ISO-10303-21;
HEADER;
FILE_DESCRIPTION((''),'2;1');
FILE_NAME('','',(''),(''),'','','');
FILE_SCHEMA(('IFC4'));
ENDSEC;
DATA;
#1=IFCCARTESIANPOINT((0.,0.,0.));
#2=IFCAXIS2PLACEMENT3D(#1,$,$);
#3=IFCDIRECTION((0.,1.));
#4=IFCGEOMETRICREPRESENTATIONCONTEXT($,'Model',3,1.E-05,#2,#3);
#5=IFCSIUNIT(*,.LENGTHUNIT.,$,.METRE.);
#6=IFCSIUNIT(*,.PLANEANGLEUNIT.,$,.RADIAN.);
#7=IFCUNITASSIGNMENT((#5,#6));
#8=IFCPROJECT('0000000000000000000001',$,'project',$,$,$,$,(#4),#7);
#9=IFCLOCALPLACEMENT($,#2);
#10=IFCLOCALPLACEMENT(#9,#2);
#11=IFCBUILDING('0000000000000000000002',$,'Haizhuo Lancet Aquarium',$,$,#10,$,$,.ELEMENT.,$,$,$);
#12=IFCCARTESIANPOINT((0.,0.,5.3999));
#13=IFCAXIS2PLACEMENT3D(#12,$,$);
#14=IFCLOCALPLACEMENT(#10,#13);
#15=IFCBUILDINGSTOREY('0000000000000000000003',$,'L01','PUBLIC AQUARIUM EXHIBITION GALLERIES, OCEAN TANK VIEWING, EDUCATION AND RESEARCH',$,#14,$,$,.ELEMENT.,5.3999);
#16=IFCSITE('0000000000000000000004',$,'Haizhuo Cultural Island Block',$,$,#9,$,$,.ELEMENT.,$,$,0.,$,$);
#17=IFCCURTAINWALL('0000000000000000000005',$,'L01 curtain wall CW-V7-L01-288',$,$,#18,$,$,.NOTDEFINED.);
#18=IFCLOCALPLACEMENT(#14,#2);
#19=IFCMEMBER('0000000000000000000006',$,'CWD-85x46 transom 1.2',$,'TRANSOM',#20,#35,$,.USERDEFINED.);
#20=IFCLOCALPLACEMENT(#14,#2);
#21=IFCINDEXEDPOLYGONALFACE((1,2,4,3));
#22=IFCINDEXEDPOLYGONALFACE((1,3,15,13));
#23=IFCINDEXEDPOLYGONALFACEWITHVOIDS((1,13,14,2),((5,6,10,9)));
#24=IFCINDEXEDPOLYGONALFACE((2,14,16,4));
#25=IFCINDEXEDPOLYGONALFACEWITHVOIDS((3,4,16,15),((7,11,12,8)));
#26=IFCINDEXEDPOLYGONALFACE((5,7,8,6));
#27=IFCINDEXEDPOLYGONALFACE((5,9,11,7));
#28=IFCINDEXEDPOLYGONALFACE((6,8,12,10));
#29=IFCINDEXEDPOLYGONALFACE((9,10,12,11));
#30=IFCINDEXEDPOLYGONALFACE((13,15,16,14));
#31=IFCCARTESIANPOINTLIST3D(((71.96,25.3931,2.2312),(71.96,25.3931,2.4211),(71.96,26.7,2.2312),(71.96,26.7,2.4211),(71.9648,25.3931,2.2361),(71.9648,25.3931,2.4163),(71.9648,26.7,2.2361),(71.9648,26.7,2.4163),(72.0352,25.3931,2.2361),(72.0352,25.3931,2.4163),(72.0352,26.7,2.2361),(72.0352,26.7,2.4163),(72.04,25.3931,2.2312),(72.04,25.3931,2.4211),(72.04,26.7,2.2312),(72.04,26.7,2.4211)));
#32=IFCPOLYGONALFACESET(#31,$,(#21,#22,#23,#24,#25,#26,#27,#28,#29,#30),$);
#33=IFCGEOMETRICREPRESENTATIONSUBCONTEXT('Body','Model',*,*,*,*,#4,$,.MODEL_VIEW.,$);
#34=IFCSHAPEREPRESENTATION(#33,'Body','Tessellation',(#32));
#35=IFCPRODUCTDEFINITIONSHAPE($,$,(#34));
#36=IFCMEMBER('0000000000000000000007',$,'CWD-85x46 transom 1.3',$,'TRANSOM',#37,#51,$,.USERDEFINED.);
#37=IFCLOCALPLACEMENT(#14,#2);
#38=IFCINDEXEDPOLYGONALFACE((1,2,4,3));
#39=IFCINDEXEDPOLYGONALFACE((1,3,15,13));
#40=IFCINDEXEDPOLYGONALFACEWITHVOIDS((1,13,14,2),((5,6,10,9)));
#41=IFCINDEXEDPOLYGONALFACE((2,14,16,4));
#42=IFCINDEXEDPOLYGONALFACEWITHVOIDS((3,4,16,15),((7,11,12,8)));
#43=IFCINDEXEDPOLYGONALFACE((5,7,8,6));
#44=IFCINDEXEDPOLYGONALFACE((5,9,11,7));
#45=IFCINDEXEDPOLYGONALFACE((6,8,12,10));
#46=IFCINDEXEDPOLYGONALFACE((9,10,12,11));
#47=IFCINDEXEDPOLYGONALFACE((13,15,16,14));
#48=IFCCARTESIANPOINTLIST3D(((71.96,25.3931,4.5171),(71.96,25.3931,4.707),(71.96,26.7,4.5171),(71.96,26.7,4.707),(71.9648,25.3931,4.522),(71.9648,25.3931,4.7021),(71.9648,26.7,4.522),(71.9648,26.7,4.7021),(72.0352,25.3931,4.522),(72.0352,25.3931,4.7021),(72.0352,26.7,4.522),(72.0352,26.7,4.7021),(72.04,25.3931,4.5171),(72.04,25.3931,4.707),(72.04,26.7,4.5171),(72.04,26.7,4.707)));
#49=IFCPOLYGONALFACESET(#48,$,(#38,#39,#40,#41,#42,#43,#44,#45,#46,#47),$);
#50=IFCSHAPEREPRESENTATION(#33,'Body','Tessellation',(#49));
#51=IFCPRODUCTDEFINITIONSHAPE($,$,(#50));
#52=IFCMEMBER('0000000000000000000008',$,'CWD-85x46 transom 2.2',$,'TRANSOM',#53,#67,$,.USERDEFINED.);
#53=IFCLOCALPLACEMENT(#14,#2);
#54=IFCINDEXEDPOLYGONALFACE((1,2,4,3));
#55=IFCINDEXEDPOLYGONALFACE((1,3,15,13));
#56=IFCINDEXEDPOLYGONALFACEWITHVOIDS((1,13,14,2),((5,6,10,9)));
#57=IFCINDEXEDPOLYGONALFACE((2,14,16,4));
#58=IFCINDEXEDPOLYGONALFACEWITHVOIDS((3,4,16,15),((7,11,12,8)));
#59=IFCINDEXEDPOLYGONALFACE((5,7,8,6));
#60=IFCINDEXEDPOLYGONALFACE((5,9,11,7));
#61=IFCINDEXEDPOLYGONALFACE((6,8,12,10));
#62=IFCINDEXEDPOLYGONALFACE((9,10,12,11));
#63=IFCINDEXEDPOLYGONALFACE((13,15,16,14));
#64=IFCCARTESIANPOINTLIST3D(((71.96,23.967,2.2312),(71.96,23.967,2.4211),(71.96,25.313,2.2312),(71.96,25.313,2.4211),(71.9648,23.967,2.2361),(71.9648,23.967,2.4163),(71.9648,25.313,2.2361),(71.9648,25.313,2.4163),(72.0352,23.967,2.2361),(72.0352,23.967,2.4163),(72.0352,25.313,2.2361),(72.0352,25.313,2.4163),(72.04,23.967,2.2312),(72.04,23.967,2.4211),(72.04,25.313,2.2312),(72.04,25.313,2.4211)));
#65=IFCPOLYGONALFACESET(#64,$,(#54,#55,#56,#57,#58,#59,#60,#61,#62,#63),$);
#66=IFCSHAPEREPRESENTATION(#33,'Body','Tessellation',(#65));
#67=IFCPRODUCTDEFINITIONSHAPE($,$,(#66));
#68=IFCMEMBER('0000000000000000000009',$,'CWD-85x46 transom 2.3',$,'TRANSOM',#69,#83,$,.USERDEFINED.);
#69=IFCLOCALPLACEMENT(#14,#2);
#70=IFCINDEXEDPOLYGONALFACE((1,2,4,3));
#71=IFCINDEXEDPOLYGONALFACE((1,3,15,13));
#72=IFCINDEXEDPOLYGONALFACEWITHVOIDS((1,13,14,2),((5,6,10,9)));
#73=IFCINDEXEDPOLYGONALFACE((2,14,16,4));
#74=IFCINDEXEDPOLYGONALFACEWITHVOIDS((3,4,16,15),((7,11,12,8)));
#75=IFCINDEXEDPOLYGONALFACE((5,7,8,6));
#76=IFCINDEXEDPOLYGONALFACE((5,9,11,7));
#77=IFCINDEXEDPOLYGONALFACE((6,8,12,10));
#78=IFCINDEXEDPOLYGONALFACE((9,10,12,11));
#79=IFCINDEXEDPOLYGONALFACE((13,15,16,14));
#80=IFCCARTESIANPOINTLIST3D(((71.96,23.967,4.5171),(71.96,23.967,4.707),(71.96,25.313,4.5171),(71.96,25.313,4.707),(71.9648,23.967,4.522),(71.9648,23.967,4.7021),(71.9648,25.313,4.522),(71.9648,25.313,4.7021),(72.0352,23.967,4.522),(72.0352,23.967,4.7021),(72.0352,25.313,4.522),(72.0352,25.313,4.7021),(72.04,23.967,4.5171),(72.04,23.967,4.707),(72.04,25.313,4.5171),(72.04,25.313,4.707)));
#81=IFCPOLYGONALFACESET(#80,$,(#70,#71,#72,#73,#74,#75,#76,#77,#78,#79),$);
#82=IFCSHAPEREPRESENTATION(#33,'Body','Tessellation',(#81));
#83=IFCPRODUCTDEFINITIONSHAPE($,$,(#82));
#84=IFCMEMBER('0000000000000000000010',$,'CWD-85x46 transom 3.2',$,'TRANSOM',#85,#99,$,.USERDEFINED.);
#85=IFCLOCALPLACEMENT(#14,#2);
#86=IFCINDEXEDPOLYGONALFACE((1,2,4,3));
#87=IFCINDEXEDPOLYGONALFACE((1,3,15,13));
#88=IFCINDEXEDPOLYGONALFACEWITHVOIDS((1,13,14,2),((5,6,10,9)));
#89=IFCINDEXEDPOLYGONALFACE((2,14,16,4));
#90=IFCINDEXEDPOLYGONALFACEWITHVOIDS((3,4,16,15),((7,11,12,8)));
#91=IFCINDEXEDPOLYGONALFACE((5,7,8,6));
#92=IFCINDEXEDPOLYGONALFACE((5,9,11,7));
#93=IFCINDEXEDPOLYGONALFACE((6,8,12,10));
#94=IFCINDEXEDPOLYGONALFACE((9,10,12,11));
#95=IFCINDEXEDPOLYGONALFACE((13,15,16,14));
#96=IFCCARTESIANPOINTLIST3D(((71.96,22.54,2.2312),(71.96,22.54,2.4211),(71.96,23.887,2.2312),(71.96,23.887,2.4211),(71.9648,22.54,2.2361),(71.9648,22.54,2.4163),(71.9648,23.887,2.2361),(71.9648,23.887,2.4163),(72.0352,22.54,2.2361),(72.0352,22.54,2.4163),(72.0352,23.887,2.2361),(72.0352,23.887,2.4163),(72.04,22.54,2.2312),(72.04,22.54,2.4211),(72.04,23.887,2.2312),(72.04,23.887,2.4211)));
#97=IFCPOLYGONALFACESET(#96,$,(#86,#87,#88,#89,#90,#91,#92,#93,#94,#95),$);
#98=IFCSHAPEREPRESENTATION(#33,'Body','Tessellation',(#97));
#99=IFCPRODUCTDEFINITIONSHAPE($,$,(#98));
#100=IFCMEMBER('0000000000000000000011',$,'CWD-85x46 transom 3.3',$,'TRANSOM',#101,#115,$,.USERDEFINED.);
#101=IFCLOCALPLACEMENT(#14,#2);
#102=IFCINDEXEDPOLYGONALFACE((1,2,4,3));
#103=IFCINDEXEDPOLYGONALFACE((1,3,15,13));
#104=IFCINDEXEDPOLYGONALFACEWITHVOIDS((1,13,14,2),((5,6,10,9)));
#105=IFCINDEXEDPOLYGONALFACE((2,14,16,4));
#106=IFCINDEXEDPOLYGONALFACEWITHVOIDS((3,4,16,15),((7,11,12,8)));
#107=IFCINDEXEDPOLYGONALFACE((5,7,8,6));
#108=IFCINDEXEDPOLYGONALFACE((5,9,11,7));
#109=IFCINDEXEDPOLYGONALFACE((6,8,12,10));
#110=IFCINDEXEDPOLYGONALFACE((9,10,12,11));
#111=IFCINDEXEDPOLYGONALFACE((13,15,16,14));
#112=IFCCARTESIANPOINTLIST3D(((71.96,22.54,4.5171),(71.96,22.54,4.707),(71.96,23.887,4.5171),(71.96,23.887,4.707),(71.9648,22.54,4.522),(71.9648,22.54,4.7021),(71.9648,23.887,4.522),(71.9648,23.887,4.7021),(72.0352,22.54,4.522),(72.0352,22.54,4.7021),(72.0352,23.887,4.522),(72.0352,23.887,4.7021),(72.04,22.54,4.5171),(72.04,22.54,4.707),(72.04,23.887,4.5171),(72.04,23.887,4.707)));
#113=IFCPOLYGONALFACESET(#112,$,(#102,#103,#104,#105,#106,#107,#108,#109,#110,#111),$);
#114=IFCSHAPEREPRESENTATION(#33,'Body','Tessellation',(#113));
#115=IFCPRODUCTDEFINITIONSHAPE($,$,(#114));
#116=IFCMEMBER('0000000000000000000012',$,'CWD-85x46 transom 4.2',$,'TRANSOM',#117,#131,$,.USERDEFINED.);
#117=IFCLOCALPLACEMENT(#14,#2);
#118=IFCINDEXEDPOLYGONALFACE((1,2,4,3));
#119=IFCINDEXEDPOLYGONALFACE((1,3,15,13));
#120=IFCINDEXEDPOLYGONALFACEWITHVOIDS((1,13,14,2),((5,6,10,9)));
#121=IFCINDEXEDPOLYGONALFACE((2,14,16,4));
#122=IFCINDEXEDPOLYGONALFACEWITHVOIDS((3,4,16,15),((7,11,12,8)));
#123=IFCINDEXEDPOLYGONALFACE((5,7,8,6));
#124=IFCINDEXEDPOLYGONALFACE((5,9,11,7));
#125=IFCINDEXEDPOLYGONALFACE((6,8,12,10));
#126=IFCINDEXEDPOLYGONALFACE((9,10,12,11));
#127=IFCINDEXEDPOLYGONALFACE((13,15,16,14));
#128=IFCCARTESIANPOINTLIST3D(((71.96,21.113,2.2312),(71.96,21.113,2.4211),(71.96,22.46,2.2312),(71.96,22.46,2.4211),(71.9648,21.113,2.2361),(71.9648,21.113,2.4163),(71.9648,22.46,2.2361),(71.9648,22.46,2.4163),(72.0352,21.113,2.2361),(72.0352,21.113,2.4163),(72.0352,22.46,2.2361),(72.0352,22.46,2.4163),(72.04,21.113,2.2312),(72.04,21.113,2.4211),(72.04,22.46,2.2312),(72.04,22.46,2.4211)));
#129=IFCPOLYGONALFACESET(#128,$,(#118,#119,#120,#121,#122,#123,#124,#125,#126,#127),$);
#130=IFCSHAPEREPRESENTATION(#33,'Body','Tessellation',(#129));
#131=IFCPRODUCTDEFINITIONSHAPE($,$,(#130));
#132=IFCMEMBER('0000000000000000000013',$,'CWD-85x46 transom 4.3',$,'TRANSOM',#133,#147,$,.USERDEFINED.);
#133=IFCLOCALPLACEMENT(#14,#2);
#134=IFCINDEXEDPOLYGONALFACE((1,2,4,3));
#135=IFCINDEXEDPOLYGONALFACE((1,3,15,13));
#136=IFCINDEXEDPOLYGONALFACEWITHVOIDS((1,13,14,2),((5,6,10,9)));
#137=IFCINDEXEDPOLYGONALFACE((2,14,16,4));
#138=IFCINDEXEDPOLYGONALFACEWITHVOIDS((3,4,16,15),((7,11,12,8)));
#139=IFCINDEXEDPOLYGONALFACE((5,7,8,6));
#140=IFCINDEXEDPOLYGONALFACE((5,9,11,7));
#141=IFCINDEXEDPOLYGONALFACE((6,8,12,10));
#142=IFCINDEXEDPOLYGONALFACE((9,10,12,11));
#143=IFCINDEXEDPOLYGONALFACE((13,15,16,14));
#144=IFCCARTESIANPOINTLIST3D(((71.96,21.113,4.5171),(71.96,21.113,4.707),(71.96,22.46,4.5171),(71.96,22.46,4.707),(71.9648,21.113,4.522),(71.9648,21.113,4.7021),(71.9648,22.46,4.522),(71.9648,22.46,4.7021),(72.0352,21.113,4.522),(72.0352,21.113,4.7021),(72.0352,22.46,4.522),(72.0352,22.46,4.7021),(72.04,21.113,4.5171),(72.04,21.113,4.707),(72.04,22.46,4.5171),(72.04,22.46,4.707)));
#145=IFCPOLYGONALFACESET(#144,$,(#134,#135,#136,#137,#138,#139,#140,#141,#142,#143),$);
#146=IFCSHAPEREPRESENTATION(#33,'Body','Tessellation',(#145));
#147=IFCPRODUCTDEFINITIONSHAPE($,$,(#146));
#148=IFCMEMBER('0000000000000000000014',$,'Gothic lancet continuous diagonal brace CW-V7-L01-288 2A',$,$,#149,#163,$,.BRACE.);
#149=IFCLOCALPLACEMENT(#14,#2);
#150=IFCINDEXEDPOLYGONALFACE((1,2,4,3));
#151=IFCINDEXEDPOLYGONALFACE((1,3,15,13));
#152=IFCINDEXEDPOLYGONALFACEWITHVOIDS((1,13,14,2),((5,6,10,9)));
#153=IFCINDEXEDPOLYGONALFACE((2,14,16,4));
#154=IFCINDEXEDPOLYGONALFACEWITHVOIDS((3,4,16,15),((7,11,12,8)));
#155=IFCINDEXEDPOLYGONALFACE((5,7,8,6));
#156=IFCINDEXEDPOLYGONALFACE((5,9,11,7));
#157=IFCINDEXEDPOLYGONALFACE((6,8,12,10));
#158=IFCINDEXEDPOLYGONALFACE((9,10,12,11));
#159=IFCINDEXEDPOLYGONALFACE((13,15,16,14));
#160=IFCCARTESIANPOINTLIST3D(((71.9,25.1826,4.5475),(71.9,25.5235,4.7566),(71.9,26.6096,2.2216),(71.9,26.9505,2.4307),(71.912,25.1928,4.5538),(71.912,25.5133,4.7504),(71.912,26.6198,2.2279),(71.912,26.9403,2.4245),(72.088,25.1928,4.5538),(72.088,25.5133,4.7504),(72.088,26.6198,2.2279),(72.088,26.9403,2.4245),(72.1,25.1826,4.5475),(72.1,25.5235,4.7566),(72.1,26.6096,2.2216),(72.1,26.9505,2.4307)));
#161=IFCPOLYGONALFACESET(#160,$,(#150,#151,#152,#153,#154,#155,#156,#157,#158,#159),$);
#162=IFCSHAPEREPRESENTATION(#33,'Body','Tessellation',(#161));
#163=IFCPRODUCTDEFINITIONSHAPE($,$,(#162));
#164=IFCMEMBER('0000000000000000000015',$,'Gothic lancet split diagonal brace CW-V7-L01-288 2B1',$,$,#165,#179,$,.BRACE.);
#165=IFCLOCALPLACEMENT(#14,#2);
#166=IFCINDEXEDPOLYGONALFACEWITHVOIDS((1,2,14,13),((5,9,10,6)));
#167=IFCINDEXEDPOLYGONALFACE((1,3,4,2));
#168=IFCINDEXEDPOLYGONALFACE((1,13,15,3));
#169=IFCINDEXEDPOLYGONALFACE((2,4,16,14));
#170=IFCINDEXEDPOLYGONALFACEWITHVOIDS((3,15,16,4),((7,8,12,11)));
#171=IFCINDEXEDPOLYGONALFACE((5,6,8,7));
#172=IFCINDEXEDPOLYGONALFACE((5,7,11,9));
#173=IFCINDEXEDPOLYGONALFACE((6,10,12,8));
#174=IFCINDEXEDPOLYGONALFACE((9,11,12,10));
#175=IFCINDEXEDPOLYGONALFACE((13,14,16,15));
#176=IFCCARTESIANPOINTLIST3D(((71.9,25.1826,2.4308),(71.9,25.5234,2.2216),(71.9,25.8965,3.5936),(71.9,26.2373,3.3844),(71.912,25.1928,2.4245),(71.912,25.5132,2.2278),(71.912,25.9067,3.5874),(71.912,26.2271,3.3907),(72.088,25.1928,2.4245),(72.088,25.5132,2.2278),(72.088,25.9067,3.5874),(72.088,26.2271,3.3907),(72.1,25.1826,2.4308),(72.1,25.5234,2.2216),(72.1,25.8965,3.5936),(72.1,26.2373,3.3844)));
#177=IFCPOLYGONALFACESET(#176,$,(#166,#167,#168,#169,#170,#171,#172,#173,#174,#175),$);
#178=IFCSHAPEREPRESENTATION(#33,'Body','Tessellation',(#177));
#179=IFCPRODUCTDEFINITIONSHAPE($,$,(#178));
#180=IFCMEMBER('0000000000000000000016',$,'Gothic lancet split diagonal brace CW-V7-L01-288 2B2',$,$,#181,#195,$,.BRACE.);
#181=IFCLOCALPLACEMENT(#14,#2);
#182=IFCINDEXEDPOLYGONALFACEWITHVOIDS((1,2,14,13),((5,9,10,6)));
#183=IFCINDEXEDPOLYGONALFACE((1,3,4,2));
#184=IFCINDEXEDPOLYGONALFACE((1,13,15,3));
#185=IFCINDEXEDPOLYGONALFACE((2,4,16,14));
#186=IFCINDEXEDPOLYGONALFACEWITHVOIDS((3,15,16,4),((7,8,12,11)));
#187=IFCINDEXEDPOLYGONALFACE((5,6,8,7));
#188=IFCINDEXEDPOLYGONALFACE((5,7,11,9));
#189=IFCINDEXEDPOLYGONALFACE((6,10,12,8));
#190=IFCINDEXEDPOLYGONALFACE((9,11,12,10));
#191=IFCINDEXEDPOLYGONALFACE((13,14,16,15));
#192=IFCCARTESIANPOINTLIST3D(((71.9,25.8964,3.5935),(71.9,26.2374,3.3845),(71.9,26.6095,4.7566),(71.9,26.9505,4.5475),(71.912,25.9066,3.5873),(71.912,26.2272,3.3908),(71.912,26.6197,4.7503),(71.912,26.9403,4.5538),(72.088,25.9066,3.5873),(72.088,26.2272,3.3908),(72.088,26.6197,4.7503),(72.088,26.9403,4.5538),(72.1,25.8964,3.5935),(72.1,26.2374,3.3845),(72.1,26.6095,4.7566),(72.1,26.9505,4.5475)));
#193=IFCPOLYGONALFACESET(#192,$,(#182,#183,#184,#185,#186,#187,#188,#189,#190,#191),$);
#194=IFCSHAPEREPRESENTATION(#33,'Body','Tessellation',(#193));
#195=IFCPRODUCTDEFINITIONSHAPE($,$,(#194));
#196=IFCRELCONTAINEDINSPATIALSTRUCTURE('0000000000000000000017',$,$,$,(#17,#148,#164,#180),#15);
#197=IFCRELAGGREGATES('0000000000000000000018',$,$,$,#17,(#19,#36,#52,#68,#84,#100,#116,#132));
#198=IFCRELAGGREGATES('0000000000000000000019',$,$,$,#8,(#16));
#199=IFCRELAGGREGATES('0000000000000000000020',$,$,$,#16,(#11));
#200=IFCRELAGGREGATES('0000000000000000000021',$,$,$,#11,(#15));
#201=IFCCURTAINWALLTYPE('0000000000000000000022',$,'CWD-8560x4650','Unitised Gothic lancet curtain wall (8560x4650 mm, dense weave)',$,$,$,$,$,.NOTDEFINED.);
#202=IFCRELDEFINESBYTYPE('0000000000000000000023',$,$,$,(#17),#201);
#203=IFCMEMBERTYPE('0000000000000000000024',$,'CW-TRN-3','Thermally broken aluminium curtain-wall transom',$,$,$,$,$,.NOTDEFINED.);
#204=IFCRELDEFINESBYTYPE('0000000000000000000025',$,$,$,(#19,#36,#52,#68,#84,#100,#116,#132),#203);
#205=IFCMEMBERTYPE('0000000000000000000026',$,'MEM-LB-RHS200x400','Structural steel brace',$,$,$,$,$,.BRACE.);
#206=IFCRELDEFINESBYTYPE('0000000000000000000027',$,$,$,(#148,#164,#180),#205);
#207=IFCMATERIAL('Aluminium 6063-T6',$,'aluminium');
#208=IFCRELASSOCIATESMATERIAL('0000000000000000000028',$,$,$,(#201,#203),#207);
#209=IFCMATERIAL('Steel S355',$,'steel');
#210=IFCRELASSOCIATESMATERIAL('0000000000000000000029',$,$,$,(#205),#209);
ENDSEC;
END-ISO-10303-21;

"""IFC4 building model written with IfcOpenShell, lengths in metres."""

from ifc_helpers import new_model, si_unit, direction, frame, origin, origin_2d, place, context, subcontext, project, spatial, hollow_rectangle, extrude, material, material_profile, profile_set, type_object, element, aggregate, save


model = new_model("IFC4")

# Units and contexts
model_context = context("Model", 3, precision=1e-05, world=origin(), true_north=direction((0.0, 1.0)))
body_context = subcontext(model_context, "Body", "Model", "MODEL_VIEW")
ifc_project = project(units=[si_unit("LENGTHUNIT", "METRE"), si_unit("PLANEANGLEUNIT", "RADIAN")], contexts=[model_context])

# Site, building, storey
site_placement = place(None, origin())
site = spatial("IfcSite", under=ifc_project, at=site_placement, Name="Haizhuo Cultural Island Block", CompositionType="ELEMENT", RefElevation=0.0)
building_placement = place(site_placement, origin())
building = spatial("IfcBuilding", under=site, at=building_placement, Name="Haizhuo Lancet Aquarium", CompositionType="ELEMENT")
storey_placement = place(building_placement, frame((0.0, 0.0, 5.3999)))
storey = spatial("IfcBuildingStorey", under=building, at=storey_placement, Name="L01", Description="PUBLIC AQUARIUM EXHIBITION GALLERIES, OCEAN TANK VIEWING, EDUCATION AND RESEARCH", CompositionType="ELEMENT", Elevation=5.3999)

# Curtain wall, members
ifc_material_1 = material(Name="Aluminium 6063-T6", Category="aluminium")
curtain_wall_type = type_object("IfcCurtainWallType", Name="CWD-8560x4650", Description="Unitised Gothic lancet curtain wall (8560x4650 mm, dense weave)", PredefinedType="NOTDEFINED", material=ifc_material_1)
curtain_wall_placement = place(storey_placement, origin())
curtain_wall = element("IfcCurtainWall", 1, at=curtain_wall_placement, inside=storey, type_object=curtain_wall_type, Name="L01 curtain wall CW-V7-L01-288", PredefinedType="NOTDEFINED")
ifc_material_profile_1 = material_profile(ifc_material_1, hollow_rectangle(XDim=0.0801, YDim=0.1899, WallThickness=0.0049, at=origin_2d()), Name="ALU-T 80x190x5")
ifc_profile_set_1 = profile_set([ifc_material_profile_1], Name="Aluminium 6063-T6")
member_type_1 = type_object("IfcMemberType", Name="CW-TRN-3", Description="Thermally broken aluminium curtain-wall transom", PredefinedType="NOTDEFINED", material=ifc_profile_set_1)
member_1_placement = place(storey_placement, frame((72.0, 26.7, 2.3262), z_axis=(0.0, -1.0, 0.0), x_axis=(1.0, 0.0, 0.0)))
member_1 = element("IfcMember", 2, at=member_1_placement, type_object=member_type_1, Name="CWD-85x46 transom 1.2", ObjectType="TRANSOM", PredefinedType="USERDEFINED", context=body_context, shape_type="SweptSolid", body=[
    extrude(hollow_rectangle(XDim=0.0801, YDim=0.1899, WallThickness=0.0049, at=origin_2d()), origin(), (0.0, 0.0, 1.0), 1.3069),
])
member_2_placement = place(storey_placement, frame((72.0, 26.7, 4.6121), z_axis=(0.0, -1.0, 0.0), x_axis=(1.0, 0.0, 0.0)))
member_2 = element("IfcMember", 3, at=member_2_placement, type_object=member_type_1, Name="CWD-85x46 transom 1.3", ObjectType="TRANSOM", PredefinedType="USERDEFINED", context=body_context, shape_type="SweptSolid", body=[
    extrude(hollow_rectangle(XDim=0.0801, YDim=0.1899, WallThickness=0.0049, at=origin_2d()), origin(), (0.0, 0.0, 1.0), 1.3069),
])
member_3_placement = place(storey_placement, frame((72.0, 25.313, 2.3262), z_axis=(0.0, -1.0, 0.0), x_axis=(1.0, 0.0, 0.0)))
member_3 = element("IfcMember", 4, at=member_3_placement, type_object=member_type_1, Name="CWD-85x46 transom 2.2", ObjectType="TRANSOM", PredefinedType="USERDEFINED", context=body_context, shape_type="SweptSolid", body=[
    extrude(hollow_rectangle(XDim=0.0801, YDim=0.1899, WallThickness=0.0049, at=origin_2d()), origin(), (0.0, 0.0, 1.0), 1.3459),
])
member_4_placement = place(storey_placement, frame((72.0, 25.313, 4.6121), z_axis=(0.0, -1.0, 0.0), x_axis=(1.0, 0.0, 0.0)))
member_4 = element("IfcMember", 5, at=member_4_placement, type_object=member_type_1, Name="CWD-85x46 transom 2.3", ObjectType="TRANSOM", PredefinedType="USERDEFINED", context=body_context, shape_type="SweptSolid", body=[
    extrude(hollow_rectangle(XDim=0.0801, YDim=0.1899, WallThickness=0.0049, at=origin_2d()), origin(), (0.0, 0.0, 1.0), 1.3459),
])
member_5_placement = place(storey_placement, frame((72.0, 23.887, 2.3262), z_axis=(0.0, -1.0, 0.0), x_axis=(1.0, 0.0, 0.0)))
member_5 = element("IfcMember", 6, at=member_5_placement, type_object=member_type_1, Name="CWD-85x46 transom 3.2", ObjectType="TRANSOM", PredefinedType="USERDEFINED", context=body_context, shape_type="SweptSolid", body=[
    extrude(hollow_rectangle(XDim=0.0801, YDim=0.1899, WallThickness=0.0049, at=origin_2d()), origin(), (0.0, 0.0, 1.0), 1.3469),
])
member_6_placement = place(storey_placement, frame((72.0, 23.887, 4.6121), z_axis=(0.0, -1.0, 0.0), x_axis=(1.0, 0.0, 0.0)))
member_6 = element("IfcMember", 7, at=member_6_placement, type_object=member_type_1, Name="CWD-85x46 transom 3.3", ObjectType="TRANSOM", PredefinedType="USERDEFINED", context=body_context, shape_type="SweptSolid", body=[
    extrude(hollow_rectangle(XDim=0.0801, YDim=0.1899, WallThickness=0.0049, at=origin_2d()), origin(), (0.0, 0.0, 1.0), 1.3469),
])
member_7_placement = place(storey_placement, frame((72.0, 22.46, 2.3262), z_axis=(0.0, -1.0, 0.0), x_axis=(1.0, 0.0, 0.0)))
member_7 = element("IfcMember", 8, at=member_7_placement, type_object=member_type_1, Name="CWD-85x46 transom 4.2", ObjectType="TRANSOM", PredefinedType="USERDEFINED", context=body_context, shape_type="SweptSolid", body=[
    extrude(hollow_rectangle(XDim=0.0801, YDim=0.1899, WallThickness=0.0049, at=origin_2d()), origin(), (0.0, 0.0, 1.0), 1.3469),
])
member_8_placement = place(storey_placement, frame((72.0, 22.46, 4.6121), z_axis=(0.0, -1.0, 0.0), x_axis=(1.0, 0.0, 0.0)))
member_8 = element("IfcMember", 9, at=member_8_placement, type_object=member_type_1, Name="CWD-85x46 transom 4.3", ObjectType="TRANSOM", PredefinedType="USERDEFINED", context=body_context, shape_type="SweptSolid", body=[
    extrude(hollow_rectangle(XDim=0.0801, YDim=0.1899, WallThickness=0.0049, at=origin_2d()), origin(), (0.0, 0.0, 1.0), 1.3469),
])

# Members
ifc_material_2 = material(Name="Steel S355", Category="steel")
ifc_material_profile_2 = material_profile(ifc_material_2, hollow_rectangle(XDim=0.2, YDim=0.3999, WallThickness=0.012, at=origin_2d()), Name="RHS 200x400x12")
ifc_profile_set_2 = profile_set([ifc_material_profile_2], Name="Steel S355")
member_type_2 = type_object("IfcMemberType", Name="MEM-LB-RHS200x400", Description="Structural steel brace", PredefinedType="BRACE", material=ifc_profile_set_2)
member_9_placement = place(storey_placement, frame((72.0, 26.78, 2.3262), z_axis=(0.0, -0.522944, 0.852367), x_axis=(1.0, 0.0, 0.0)))
element("IfcMember", 10, at=member_9_placement, inside=storey, type_object=member_type_2, Name="Gothic lancet continuous diagonal brace CW-V7-L01-288 2A", PredefinedType="BRACE", context=body_context, shape_type="SweptSolid", body=[
    extrude(hollow_rectangle(XDim=0.2, YDim=0.3999, WallThickness=0.012, at=origin_2d()), origin(), (0.0, 0.0, 1.0), 2.7288),
])
member_10_placement = place(storey_placement, frame((72.0, 25.353, 2.3262), z_axis=(0.0, 0.523179, 0.852223), x_axis=(-1.0, 0.0, 0.0)))
element("IfcMember", 11, at=member_10_placement, inside=storey, type_object=member_type_2, Name="Gothic lancet split diagonal brace CW-V7-L01-288 2B1", PredefinedType="BRACE", context=body_context, shape_type="SweptSolid", body=[
    extrude(hollow_rectangle(XDim=0.2, YDim=0.3999, WallThickness=0.012, at=origin_2d()), origin(), (0.0, 0.0, 1.0), 1.3645),
])
member_11_placement = place(storey_placement, frame((72.0, 26.0669, 3.489), z_axis=(0.0, 0.522709, 0.852511), x_axis=(-1.0, 0.0, 0.0)))
element("IfcMember", 12, at=member_11_placement, inside=storey, type_object=member_type_2, Name="Gothic lancet split diagonal brace CW-V7-L01-288 2B2", PredefinedType="BRACE", context=body_context, shape_type="SweptSolid", body=[
    extrude(hollow_rectangle(XDim=0.2, YDim=0.3999, WallThickness=0.012, at=origin_2d()), origin(), (0.0, 0.0, 1.0), 1.3643),
])

aggregate(curtain_wall, [member_1, member_2, member_3, member_4, member_5, member_6, member_7, member_8])

save(model, "model.ifc")
